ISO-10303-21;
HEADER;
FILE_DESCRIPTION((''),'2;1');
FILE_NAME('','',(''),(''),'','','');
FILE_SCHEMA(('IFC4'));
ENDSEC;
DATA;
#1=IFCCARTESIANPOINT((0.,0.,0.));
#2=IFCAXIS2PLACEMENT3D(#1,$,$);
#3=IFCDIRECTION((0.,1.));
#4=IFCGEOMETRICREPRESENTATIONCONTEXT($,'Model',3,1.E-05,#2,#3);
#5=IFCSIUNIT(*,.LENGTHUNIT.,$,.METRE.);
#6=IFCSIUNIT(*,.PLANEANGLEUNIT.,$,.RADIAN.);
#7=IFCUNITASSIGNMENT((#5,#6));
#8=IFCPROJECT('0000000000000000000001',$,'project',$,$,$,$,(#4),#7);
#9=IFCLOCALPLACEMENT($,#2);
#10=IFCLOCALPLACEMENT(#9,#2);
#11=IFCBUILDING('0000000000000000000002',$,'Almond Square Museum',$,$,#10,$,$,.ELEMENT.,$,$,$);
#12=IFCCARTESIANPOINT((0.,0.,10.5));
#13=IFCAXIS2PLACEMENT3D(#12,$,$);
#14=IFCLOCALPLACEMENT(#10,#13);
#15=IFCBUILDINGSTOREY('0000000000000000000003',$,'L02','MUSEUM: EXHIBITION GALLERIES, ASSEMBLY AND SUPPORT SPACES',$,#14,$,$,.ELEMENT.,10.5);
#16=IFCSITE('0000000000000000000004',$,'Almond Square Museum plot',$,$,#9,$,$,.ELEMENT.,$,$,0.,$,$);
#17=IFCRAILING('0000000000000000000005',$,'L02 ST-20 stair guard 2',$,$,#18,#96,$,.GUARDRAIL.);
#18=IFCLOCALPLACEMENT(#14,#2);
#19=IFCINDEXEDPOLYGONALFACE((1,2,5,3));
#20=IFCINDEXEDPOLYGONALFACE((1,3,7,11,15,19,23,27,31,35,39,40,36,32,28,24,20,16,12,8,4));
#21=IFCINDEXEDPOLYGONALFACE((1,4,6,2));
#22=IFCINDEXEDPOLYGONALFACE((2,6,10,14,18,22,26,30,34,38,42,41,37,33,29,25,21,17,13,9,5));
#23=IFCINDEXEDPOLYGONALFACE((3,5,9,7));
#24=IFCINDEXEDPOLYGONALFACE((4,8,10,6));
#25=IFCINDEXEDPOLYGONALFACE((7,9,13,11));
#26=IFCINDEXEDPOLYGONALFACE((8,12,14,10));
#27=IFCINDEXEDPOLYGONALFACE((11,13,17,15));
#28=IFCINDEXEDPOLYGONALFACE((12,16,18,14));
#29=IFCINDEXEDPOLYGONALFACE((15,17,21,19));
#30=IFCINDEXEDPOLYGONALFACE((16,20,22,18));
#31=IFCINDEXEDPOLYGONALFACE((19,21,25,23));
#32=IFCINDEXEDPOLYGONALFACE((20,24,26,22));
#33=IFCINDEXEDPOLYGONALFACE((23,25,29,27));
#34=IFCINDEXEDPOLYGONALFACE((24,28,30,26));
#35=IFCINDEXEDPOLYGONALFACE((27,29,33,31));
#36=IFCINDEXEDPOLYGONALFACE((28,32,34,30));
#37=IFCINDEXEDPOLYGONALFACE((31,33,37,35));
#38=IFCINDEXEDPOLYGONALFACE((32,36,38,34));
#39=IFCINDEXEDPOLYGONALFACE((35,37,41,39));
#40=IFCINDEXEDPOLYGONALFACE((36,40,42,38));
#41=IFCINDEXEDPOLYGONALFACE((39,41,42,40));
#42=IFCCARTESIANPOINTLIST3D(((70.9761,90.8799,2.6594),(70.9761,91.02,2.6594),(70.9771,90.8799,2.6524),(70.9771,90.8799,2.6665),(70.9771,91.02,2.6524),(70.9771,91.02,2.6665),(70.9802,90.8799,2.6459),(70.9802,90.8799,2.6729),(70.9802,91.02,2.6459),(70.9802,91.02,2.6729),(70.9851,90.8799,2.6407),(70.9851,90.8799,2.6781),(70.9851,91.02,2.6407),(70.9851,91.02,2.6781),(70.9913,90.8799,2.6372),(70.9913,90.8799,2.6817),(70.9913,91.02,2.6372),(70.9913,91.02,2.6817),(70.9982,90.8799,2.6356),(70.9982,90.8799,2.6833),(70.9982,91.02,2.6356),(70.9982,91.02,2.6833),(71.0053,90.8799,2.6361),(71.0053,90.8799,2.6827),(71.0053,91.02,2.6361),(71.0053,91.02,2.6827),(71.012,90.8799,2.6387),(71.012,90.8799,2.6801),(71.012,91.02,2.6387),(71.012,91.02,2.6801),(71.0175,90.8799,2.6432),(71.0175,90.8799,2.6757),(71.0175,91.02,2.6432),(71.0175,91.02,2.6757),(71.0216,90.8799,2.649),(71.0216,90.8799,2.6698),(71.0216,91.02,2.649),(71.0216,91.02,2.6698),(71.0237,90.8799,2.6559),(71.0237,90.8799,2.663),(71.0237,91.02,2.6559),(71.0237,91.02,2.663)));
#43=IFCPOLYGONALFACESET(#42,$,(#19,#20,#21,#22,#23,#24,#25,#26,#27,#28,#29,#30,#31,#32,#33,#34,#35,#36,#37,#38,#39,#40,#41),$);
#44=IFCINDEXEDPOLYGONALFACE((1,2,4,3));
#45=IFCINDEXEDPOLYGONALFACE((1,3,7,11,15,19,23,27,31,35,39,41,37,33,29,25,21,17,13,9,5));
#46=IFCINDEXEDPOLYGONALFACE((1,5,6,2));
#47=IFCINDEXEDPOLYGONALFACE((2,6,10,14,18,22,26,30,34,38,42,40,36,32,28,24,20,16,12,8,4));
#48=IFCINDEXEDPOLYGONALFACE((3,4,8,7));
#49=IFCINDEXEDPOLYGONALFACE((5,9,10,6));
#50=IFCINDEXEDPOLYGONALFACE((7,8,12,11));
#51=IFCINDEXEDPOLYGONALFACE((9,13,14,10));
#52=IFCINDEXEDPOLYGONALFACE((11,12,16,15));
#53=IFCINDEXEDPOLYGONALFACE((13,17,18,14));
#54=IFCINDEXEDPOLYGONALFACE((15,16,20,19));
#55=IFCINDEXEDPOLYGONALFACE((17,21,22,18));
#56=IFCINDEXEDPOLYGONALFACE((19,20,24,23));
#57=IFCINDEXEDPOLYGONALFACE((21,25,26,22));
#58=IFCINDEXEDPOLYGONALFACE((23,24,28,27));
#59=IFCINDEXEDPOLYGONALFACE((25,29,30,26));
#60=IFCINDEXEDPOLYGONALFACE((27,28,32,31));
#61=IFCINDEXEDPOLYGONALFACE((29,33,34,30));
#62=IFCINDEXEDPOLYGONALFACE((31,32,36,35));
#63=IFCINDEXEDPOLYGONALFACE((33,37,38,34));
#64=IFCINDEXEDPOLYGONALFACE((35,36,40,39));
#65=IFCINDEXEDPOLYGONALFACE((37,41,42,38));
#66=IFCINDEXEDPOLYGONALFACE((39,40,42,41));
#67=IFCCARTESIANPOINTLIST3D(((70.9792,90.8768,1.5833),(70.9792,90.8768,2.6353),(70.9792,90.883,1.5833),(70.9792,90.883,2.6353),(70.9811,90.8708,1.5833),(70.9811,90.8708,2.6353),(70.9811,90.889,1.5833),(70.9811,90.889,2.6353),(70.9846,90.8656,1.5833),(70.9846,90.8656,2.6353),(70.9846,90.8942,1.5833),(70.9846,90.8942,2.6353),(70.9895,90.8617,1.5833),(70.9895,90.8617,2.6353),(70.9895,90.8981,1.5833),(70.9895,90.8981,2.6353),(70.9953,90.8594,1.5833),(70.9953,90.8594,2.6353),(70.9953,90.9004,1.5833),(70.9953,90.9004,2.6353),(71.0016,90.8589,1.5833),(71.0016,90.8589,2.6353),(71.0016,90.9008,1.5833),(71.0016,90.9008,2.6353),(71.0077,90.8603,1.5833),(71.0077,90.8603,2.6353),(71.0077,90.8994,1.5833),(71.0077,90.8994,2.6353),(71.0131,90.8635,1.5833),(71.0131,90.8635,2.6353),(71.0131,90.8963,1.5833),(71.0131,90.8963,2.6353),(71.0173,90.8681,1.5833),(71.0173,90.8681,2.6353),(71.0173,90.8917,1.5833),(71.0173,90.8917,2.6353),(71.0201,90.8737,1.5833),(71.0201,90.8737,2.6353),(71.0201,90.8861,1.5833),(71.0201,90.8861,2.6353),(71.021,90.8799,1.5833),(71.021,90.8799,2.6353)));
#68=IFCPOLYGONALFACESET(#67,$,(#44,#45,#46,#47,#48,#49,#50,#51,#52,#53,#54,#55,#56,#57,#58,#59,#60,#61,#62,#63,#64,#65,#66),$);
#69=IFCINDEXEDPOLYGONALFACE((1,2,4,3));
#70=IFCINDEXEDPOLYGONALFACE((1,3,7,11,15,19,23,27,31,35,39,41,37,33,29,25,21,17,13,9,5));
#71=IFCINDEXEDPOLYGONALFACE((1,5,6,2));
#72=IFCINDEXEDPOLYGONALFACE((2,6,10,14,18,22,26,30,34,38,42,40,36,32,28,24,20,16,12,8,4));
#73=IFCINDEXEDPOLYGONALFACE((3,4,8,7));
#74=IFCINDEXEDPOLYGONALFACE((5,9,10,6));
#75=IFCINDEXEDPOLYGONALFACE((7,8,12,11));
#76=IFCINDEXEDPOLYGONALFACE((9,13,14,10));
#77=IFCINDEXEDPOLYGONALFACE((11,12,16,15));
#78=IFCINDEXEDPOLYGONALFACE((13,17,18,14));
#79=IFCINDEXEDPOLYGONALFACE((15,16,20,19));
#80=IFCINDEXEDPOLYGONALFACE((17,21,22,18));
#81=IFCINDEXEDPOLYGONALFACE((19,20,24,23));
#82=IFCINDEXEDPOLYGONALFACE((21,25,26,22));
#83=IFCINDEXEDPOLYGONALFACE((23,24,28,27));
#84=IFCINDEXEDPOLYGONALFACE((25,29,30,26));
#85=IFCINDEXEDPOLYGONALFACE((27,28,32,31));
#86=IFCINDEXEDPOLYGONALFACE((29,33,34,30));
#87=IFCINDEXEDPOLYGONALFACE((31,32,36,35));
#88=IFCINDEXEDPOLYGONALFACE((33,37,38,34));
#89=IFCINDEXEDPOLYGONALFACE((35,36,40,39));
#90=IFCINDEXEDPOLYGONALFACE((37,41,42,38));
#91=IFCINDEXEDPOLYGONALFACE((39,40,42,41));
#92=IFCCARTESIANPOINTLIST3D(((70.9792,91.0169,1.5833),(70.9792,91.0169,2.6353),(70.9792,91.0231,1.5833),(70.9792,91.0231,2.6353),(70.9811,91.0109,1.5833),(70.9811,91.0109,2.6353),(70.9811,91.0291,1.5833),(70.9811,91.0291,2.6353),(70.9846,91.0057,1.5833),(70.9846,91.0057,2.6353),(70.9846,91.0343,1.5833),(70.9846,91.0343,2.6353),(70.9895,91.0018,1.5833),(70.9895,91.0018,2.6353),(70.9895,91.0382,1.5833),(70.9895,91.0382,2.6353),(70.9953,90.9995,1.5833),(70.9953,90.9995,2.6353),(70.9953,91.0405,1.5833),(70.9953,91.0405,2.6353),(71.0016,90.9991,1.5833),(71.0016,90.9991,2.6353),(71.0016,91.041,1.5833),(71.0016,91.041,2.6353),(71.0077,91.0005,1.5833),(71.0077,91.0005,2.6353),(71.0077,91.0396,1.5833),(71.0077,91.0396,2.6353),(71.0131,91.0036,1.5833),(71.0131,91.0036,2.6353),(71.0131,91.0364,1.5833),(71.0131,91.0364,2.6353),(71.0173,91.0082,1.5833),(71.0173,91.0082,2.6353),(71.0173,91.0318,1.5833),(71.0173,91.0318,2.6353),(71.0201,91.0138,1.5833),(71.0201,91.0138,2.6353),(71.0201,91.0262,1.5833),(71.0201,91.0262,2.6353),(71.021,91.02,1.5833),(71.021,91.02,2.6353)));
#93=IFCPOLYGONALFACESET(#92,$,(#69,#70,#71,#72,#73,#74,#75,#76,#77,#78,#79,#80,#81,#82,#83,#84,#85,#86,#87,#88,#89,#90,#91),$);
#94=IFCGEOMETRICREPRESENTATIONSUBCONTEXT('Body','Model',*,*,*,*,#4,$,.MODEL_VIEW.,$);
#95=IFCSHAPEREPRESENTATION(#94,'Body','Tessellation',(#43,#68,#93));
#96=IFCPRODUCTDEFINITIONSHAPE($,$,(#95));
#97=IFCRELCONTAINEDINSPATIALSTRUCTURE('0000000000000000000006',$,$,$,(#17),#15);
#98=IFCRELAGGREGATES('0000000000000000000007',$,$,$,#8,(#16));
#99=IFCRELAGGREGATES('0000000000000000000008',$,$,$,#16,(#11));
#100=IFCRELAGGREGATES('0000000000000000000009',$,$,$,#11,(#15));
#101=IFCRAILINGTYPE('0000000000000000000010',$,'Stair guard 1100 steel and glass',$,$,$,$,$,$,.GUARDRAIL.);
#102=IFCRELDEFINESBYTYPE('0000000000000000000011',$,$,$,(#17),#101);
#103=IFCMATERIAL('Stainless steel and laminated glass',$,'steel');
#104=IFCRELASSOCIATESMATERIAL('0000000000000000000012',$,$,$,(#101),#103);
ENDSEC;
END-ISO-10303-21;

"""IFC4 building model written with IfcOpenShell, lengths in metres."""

from ifc_helpers import new_model, si_unit, direction, frame, origin, origin_2d, place, context, subcontext, project, spatial, circle, extrude, material, type_object, element, save


model = new_model("IFC4")

# Units and contexts
model_context = context("Model", 3, precision=1e-05, world=origin(), true_north=direction((0.0, 1.0)))
body_context = subcontext(model_context, "Body", "Model", "MODEL_VIEW")
ifc_project = project(units=[si_unit("LENGTHUNIT", "METRE"), si_unit("PLANEANGLEUNIT", "RADIAN")], contexts=[model_context])

# Site, building, storey
site_placement = place(None, origin())
site = spatial("IfcSite", under=ifc_project, at=site_placement, Name="Almond Square Museum plot", CompositionType="ELEMENT", RefElevation=0.0)
building_placement = place(site_placement, origin())
building = spatial("IfcBuilding", under=site, at=building_placement, Name="Almond Square Museum", CompositionType="ELEMENT")
storey_placement = place(building_placement, frame((0.0, 0.0, 10.5)))
storey = spatial("IfcBuildingStorey", under=building, at=storey_placement, Name="L02", Description="MUSEUM: EXHIBITION GALLERIES, ASSEMBLY AND SUPPORT SPACES", CompositionType="ELEMENT", Elevation=10.5)

# Railing
ifc_material_1 = material(Name="Stainless steel and laminated glass", Category="steel")
railing_type_1 = type_object("IfcRailingType", Name="Stair guard 1100 steel and glass", PredefinedType="GUARDRAIL", material=ifc_material_1)
railing_1_placement = place(storey_placement, frame((71.0, 90.8799, 1.5833)))
element("IfcRailing", 1, at=railing_1_placement, inside=storey, type_object=railing_type_1, Name="L02 ST-20 stair guard 2", PredefinedType="GUARDRAIL", context=body_context, shape_type="SweptSolid", body=[
    extrude(circle(Radius=0.0239, at=origin_2d()), frame((0.0, 0.0, 1.0762), z_axis=(0.0, 1.0, 0.0), x_axis=(-1.0, 0.0, 0.0)), (0.0, 0.0, 1.0), 0.1401),
    extrude(circle(Radius=0.021, at=origin_2d()), origin(), (0.0, 0.0, 1.0), 1.052),
    extrude(circle(Radius=0.021, at=origin_2d()), frame((0.0, 0.1401, 0.0)), (0.0, 0.0, 1.0), 1.052),
])

save(model, "model.ifc")
